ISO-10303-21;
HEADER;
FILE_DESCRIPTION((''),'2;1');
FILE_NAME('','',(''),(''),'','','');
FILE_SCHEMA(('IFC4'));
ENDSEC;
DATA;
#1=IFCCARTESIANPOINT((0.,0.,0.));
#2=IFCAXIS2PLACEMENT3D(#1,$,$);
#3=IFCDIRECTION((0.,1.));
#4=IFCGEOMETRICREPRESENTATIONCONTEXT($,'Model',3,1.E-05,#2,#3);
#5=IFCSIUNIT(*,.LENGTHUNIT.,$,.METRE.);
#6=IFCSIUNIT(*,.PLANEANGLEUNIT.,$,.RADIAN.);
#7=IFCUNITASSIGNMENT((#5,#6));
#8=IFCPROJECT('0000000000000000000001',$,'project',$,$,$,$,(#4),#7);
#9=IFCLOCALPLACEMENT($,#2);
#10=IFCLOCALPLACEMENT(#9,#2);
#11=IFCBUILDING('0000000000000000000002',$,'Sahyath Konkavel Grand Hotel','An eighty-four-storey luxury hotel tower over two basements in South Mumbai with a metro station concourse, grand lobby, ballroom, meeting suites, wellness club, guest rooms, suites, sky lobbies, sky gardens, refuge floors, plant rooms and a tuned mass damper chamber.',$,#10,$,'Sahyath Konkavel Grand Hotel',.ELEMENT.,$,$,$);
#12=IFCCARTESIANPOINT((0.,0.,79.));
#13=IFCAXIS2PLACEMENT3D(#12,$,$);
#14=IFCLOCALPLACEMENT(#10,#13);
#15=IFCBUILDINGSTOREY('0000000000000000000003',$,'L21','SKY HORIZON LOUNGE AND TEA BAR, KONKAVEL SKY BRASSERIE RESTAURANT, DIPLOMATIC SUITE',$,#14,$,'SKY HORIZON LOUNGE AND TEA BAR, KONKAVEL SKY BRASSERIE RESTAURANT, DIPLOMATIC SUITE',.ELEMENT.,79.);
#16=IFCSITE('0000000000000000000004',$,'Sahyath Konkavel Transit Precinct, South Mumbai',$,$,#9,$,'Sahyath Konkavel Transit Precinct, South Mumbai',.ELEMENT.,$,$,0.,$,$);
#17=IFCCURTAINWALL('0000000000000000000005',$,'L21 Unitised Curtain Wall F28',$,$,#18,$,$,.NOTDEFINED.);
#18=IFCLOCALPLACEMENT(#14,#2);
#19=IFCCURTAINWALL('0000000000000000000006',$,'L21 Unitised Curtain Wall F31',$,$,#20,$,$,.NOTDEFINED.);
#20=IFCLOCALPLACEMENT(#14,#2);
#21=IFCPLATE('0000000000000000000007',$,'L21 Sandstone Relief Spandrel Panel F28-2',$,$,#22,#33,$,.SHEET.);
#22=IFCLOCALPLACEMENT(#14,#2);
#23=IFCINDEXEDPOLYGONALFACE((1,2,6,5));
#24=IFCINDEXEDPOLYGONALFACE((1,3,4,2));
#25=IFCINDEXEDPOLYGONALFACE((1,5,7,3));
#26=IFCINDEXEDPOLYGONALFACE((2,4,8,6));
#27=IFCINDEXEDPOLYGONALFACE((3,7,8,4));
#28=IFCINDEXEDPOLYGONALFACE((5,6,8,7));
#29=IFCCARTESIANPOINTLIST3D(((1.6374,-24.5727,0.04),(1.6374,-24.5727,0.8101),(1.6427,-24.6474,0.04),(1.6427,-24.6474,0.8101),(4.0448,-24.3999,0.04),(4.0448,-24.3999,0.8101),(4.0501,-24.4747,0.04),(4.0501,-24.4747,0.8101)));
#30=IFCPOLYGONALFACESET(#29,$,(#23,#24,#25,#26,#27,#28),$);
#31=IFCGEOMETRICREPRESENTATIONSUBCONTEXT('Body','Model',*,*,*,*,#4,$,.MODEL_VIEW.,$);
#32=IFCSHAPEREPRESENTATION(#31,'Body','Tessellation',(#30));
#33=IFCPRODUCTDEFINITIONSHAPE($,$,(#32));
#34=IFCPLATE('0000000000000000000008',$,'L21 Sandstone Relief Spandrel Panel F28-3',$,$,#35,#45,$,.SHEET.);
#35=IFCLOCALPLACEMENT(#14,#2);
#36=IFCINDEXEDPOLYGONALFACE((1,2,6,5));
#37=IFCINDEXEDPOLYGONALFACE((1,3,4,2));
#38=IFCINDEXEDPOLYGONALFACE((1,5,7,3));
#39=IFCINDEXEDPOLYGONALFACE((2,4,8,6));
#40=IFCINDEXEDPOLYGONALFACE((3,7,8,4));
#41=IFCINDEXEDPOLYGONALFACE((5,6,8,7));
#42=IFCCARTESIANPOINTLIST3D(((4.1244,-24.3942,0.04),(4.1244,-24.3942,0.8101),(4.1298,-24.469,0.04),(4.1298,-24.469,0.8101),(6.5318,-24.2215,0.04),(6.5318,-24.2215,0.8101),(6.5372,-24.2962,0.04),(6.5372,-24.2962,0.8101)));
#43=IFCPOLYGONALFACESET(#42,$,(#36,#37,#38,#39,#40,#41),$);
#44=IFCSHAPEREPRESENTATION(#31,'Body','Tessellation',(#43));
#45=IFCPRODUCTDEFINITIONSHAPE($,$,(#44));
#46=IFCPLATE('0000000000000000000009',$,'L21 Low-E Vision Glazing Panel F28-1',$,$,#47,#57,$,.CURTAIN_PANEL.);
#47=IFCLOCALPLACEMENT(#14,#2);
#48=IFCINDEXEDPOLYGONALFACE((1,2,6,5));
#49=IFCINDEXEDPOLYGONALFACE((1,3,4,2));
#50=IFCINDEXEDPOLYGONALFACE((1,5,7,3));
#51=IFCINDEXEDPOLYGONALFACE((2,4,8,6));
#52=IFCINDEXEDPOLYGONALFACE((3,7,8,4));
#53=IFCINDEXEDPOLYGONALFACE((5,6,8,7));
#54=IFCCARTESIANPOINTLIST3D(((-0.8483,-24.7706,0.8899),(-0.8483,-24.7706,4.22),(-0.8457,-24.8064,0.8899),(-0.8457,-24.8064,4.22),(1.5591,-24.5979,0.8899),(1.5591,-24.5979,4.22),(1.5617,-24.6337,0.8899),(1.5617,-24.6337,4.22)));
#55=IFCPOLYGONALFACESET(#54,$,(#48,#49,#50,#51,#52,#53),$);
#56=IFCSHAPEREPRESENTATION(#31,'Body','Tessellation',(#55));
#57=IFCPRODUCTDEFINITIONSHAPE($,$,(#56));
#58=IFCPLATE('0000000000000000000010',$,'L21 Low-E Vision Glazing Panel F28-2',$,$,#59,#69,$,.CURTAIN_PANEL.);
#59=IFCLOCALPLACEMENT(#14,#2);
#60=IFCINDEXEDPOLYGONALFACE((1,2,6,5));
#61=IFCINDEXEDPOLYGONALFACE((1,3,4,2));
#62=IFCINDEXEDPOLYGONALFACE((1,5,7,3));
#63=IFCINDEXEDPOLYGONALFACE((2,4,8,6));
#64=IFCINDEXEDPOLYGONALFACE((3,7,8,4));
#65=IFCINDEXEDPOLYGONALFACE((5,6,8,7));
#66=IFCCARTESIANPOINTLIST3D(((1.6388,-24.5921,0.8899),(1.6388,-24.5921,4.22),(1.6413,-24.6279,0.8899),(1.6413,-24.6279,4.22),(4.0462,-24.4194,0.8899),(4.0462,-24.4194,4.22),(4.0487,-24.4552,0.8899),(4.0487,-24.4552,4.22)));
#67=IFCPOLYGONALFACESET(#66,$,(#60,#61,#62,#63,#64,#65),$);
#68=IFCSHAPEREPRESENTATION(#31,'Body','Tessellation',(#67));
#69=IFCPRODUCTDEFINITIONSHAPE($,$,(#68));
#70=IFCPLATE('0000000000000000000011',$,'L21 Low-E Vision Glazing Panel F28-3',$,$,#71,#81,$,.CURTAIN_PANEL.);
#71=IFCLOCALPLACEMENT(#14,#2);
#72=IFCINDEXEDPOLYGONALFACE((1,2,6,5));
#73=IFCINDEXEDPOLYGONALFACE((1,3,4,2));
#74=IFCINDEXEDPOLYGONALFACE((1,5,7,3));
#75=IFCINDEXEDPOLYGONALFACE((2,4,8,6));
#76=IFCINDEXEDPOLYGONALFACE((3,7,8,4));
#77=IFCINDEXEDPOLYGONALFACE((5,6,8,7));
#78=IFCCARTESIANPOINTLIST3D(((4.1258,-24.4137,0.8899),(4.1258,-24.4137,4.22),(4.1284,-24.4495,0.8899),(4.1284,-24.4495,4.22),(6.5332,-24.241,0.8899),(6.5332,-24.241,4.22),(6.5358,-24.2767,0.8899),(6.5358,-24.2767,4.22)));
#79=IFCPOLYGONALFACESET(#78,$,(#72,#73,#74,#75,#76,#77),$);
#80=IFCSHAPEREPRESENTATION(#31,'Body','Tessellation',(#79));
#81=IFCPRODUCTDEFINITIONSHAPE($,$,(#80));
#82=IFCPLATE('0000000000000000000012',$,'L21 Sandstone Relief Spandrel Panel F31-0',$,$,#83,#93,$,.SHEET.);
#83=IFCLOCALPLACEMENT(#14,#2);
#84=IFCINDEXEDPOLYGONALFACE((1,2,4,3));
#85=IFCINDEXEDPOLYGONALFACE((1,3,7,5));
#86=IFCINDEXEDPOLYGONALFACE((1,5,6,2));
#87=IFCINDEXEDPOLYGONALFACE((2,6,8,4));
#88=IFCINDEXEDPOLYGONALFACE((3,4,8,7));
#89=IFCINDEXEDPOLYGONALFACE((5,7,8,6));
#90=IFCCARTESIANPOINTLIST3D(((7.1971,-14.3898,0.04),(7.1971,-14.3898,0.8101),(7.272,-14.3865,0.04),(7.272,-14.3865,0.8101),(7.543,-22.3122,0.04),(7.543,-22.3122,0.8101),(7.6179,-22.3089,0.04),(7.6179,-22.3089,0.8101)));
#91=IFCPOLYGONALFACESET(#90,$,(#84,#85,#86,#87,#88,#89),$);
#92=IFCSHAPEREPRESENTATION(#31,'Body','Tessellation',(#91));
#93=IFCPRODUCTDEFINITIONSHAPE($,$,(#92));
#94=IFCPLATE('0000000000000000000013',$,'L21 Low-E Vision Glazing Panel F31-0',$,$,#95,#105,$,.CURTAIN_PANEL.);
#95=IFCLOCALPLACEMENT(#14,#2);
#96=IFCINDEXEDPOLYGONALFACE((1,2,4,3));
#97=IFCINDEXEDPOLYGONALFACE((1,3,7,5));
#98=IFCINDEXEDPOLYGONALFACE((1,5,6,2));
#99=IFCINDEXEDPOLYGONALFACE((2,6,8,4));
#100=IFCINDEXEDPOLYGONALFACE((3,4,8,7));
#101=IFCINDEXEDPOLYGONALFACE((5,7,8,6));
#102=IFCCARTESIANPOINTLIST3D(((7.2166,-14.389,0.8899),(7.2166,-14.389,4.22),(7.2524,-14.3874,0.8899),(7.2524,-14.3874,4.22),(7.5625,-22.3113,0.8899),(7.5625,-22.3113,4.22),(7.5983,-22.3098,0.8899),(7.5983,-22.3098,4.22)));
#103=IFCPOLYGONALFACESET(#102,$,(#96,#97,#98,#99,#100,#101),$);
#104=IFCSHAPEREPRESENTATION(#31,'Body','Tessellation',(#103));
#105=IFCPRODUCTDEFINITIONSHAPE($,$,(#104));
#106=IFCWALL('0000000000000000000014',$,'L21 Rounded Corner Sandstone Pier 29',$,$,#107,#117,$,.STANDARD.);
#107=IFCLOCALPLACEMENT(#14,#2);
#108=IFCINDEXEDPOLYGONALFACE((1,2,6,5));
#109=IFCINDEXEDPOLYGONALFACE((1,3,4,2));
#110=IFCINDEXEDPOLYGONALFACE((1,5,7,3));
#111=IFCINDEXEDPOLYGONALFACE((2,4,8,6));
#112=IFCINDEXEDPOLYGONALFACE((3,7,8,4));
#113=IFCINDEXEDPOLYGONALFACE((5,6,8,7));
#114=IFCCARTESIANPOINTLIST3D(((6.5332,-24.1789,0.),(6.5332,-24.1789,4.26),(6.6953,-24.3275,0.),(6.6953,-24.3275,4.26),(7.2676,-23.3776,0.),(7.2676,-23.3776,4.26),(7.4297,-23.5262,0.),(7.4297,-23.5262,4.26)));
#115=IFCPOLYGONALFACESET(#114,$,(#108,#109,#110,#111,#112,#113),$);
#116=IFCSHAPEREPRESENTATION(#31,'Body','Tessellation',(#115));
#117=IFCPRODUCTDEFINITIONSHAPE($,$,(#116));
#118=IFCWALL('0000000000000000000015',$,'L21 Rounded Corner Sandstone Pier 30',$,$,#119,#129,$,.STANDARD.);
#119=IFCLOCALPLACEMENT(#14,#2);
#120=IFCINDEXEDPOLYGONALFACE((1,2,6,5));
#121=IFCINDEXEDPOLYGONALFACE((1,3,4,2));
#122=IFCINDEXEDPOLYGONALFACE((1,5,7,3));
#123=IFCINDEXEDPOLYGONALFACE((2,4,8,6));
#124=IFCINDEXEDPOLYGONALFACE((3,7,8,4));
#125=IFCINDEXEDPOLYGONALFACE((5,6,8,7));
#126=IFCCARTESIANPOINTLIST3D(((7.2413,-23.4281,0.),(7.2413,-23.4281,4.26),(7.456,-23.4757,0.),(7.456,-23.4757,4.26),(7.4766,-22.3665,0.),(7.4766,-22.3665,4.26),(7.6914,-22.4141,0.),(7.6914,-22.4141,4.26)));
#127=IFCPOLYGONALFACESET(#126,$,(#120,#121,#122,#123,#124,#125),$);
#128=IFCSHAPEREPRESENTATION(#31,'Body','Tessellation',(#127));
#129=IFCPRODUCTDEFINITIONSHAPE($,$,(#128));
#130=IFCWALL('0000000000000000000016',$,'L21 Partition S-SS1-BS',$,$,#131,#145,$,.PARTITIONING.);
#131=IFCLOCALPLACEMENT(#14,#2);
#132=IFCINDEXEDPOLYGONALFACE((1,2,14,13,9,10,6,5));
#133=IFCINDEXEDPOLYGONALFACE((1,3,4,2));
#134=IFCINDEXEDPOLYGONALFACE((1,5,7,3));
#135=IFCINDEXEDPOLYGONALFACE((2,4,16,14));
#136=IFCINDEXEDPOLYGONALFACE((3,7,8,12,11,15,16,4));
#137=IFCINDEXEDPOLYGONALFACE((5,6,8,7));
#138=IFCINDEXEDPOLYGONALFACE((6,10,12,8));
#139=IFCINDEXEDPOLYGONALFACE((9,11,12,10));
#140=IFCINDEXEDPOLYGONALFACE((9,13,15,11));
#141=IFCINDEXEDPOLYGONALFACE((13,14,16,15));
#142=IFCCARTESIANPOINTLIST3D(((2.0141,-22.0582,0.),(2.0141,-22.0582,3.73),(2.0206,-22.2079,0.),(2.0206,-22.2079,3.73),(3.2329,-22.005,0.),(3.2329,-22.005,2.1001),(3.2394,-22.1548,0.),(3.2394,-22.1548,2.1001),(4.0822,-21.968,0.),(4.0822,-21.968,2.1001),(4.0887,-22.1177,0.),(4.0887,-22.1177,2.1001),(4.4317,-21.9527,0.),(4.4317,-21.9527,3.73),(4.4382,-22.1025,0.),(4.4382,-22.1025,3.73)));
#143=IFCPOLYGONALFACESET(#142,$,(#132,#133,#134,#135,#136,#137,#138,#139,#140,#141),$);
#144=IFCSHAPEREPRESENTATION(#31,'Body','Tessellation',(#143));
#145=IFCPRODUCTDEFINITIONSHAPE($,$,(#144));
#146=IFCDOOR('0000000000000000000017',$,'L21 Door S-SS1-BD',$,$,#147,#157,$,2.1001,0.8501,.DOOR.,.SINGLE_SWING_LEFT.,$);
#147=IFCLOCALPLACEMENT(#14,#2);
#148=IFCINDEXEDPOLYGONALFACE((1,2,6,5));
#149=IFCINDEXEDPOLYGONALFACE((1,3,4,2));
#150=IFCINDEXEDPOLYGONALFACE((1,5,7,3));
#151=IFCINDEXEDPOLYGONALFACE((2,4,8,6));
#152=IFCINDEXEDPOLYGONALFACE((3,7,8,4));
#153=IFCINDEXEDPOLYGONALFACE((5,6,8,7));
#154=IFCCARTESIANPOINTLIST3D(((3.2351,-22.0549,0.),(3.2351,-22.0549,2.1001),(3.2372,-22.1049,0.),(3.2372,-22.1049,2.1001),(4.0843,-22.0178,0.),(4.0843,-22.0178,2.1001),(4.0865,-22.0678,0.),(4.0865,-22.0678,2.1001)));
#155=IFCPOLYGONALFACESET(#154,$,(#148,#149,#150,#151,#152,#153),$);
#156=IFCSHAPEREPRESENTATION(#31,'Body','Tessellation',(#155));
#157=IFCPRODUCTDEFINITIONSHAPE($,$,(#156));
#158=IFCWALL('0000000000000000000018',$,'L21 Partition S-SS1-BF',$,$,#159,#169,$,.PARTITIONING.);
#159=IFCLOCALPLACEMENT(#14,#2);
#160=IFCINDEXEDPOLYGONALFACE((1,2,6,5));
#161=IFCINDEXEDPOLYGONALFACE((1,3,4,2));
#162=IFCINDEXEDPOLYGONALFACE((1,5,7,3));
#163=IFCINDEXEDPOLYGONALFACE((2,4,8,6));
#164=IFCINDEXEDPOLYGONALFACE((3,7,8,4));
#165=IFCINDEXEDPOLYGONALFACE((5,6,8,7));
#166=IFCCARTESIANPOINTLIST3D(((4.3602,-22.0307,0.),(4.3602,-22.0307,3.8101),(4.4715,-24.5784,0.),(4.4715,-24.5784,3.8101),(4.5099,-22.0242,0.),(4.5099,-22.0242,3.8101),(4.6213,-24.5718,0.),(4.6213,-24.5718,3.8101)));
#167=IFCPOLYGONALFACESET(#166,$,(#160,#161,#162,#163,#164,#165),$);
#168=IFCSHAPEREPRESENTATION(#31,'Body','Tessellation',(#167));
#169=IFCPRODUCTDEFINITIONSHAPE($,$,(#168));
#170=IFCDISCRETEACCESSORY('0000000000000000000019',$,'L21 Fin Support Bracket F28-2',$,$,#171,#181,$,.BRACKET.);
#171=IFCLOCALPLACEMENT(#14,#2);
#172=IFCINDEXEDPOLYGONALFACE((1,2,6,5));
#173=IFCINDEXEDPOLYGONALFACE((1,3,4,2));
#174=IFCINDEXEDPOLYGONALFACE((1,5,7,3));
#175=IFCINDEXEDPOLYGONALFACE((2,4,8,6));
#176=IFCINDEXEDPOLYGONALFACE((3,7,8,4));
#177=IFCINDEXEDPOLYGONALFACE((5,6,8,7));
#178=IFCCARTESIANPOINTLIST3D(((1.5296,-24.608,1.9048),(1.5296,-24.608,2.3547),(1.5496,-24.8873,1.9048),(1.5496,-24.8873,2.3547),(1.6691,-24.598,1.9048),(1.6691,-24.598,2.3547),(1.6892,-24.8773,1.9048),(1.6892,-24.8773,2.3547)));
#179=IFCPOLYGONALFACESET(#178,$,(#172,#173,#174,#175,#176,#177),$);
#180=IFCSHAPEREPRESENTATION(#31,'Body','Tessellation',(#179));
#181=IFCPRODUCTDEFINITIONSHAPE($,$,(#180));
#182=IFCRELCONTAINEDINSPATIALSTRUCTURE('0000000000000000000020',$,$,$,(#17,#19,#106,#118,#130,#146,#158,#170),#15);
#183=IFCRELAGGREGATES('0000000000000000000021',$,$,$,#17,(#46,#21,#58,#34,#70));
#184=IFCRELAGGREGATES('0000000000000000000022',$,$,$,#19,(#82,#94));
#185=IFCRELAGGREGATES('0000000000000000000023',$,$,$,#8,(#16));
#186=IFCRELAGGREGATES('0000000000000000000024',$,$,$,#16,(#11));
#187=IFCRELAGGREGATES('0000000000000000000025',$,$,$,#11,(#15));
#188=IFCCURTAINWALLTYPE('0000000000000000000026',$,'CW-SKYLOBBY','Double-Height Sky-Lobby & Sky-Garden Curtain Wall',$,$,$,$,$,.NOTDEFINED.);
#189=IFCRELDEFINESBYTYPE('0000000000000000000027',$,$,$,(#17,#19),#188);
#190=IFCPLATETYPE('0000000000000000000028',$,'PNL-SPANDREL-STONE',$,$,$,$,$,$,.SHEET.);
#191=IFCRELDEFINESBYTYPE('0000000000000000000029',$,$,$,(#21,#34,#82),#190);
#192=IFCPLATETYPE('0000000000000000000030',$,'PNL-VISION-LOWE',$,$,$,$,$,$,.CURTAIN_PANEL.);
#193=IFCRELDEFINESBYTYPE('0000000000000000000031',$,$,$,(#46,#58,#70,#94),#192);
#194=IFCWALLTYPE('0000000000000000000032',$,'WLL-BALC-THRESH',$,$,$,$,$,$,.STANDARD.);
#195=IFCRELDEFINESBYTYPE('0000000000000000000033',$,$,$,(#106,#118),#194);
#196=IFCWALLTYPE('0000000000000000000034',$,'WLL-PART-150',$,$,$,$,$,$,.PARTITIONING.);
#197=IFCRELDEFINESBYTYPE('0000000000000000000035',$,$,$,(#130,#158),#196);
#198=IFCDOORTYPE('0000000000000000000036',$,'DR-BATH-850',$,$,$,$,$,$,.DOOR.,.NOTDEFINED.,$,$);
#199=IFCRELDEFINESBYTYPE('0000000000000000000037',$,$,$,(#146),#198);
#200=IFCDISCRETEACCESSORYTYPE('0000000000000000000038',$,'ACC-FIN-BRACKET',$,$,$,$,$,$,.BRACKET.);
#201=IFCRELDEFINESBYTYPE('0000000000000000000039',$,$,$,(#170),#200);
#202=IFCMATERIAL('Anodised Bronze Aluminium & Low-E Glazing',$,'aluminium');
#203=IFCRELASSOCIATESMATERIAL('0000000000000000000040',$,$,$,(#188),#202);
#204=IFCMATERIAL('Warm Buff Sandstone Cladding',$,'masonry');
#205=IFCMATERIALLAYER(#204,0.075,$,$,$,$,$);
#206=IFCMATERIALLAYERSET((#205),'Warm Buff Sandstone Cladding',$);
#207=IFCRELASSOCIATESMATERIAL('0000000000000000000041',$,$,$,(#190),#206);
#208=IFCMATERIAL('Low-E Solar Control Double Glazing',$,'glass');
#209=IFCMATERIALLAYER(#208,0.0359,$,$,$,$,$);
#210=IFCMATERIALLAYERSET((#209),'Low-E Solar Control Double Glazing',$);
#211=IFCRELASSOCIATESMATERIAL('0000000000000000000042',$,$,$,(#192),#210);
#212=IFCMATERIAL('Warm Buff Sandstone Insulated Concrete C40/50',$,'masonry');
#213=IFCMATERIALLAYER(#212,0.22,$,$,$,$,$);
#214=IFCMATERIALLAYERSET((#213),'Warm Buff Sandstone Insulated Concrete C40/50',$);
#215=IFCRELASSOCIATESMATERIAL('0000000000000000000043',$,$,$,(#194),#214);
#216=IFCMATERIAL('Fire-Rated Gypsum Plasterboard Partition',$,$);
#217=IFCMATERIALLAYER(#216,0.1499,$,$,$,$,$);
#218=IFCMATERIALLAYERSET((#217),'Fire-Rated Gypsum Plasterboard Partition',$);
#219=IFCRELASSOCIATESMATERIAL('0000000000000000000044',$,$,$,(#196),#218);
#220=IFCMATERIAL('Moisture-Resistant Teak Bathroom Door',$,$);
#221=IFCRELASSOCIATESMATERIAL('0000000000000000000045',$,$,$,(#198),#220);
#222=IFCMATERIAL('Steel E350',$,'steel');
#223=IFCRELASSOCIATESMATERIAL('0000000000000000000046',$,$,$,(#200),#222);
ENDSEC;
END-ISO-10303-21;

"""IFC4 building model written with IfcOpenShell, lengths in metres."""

from ifc_helpers import new_model, si_unit, direction, frame, frame_2d, origin, origin_2d, place, context, subcontext, project, spatial, rectangle, extrude, source, transform, mapped, material, layer, layer_set, type_object, element, fill, aggregate, save


model = new_model("IFC4")

# Units and contexts
model_context = context("Model", 3, precision=1e-05, world=origin(), true_north=direction((0.0, 1.0)))
body_context = subcontext(model_context, "Body", "Model", "MODEL_VIEW")
ifc_project = project(units=[si_unit("LENGTHUNIT", "METRE"), si_unit("PLANEANGLEUNIT", "RADIAN")], contexts=[model_context])

# Site, building, storey
site_placement = place(None, origin())
site = spatial("IfcSite", under=ifc_project, at=site_placement, Name="Sahyath Konkavel Transit Precinct, South Mumbai", LongName="Sahyath Konkavel Transit Precinct, South Mumbai", CompositionType="ELEMENT", RefElevation=0.0)
building_placement = place(site_placement, origin())
building = spatial("IfcBuilding", under=site, at=building_placement, Name="Sahyath Konkavel Grand Hotel", Description="An eighty-four-storey luxury hotel tower over two basements in South Mumbai with a metro station concourse, grand lobby, ballroom, meeting suites, wellness club, guest rooms, suites, sky lobbies, sky gardens, refuge floors, plant rooms and a tuned mass damper chamber.", LongName="Sahyath Konkavel Grand Hotel", CompositionType="ELEMENT")
storey_placement = place(building_placement, frame((0.0, 0.0, 79.0)))
storey = spatial("IfcBuildingStorey", under=building, at=storey_placement, Name="L21", Description="SKY HORIZON LOUNGE AND TEA BAR, KONKAVEL SKY BRASSERIE RESTAURANT, DIPLOMATIC SUITE", LongName="SKY HORIZON LOUNGE AND TEA BAR, KONKAVEL SKY BRASSERIE RESTAURANT, DIPLOMATIC SUITE", CompositionType="ELEMENT", Elevation=79.0)

# Curtain wall
ifc_material_1 = material(Name="Anodised Bronze Aluminium & Low-E Glazing", Category="aluminium")
curtain_wall_type = type_object("IfcCurtainWallType", Name="CW-SKYLOBBY", Description="Double-Height Sky-Lobby & Sky-Garden Curtain Wall", PredefinedType="NOTDEFINED", material=ifc_material_1)
curtain_wall_1_placement = place(storey_placement, origin())
curtain_wall_1 = element("IfcCurtainWall", 1, at=curtain_wall_1_placement, inside=storey, type_object=curtain_wall_type, Name="L21 Unitised Curtain Wall F28", PredefinedType="NOTDEFINED")

# Curtain wall
curtain_wall_2_placement = place(storey_placement, origin())
curtain_wall_2 = element("IfcCurtainWall", 2, at=curtain_wall_2_placement, inside=storey, type_object=curtain_wall_type, Name="L21 Unitised Curtain Wall F31", PredefinedType="NOTDEFINED")

# Plates
ifc_material_2 = material(Name="Warm Buff Sandstone Cladding", Category="masonry")
ifc_layer_1 = layer(ifc_material_2, 0.075)
ifc_layer_set_1 = layer_set([ifc_layer_1], Name="Warm Buff Sandstone Cladding")
plate_type_1 = type_object("IfcPlateType", Name="PNL-SPANDREL-STONE", PredefinedType="SHEET", material=ifc_layer_set_1)
shared_shape_1 = source(origin(), body_context, "Body", "SweptSolid", [
    extrude(rectangle(XDim=2.4136, YDim=0.075, at=origin_2d()), origin(), (0.0, 0.0, 1.0), 0.77),
])
plate_1_placement = place(storey_placement, frame((2.8438, -24.5237, 0.04), z_axis=(0.0, 0.0, 1.0), x_axis=(0.997436, 0.071567, 0.0)))
plate_1 = element("IfcPlate", 3, at=plate_1_placement, type_object=plate_type_1, Name="L21 Sandstone Relief Spandrel Panel F28-2", PredefinedType="SHEET", context=body_context, shape_type="MappedRepresentation", body=[
    mapped(shared_shape_1, transform((0.0, 0.0, 0.0), scale=1.0)),
])
plate_2_placement = place(storey_placement, frame((5.3308, -24.3452, 0.04), z_axis=(0.0, 0.0, 1.0), x_axis=(0.997436, 0.071567, 0.0)))
plate_2 = element("IfcPlate", 4, at=plate_2_placement, type_object=plate_type_1, Name="L21 Sandstone Relief Spandrel Panel F28-3", PredefinedType="SHEET", context=body_context, shape_type="MappedRepresentation", body=[
    mapped(shared_shape_1, transform((0.0, 0.0, 0.0), scale=1.0)),
])
ifc_material_3 = material(Name="Low-E Solar Control Double Glazing", Category="glass")
ifc_layer_2 = layer(ifc_material_3, 0.0359)
ifc_layer_set_2 = layer_set([ifc_layer_2], Name="Low-E Solar Control Double Glazing")
plate_type_2 = type_object("IfcPlateType", Name="PNL-VISION-LOWE", PredefinedType="CURTAIN_PANEL", material=ifc_layer_set_2)
shared_shape_2 = source(origin(), body_context, "Body", "SweptSolid", [
    extrude(rectangle(XDim=2.4136, YDim=0.0359, at=origin_2d()), origin(), (0.0, 0.0, 1.0), 3.3301),
])
plate_3_placement = place(storey_placement, frame((0.3567, -24.7021, 0.8899), z_axis=(0.0, 0.0, 1.0), x_axis=(0.997436, 0.071567, 0.0)))
plate_3 = element("IfcPlate", 5, at=plate_3_placement, type_object=plate_type_2, Name="L21 Low-E Vision Glazing Panel F28-1", PredefinedType="CURTAIN_PANEL", context=body_context, shape_type="MappedRepresentation", body=[
    mapped(shared_shape_2, transform((0.0, 0.0, 0.0), scale=1.0)),
])
plate_4_placement = place(storey_placement, frame((2.8438, -24.5237, 0.8899), z_axis=(0.0, 0.0, 1.0), x_axis=(0.997436, 0.071567, 0.0)))
plate_4 = element("IfcPlate", 6, at=plate_4_placement, type_object=plate_type_2, Name="L21 Low-E Vision Glazing Panel F28-2", PredefinedType="CURTAIN_PANEL", context=body_context, shape_type="MappedRepresentation", body=[
    mapped(shared_shape_2, transform((0.0, 0.0, 0.0), scale=1.0)),
])
plate_5_placement = place(storey_placement, frame((5.3308, -24.3452, 0.8899), z_axis=(0.0, 0.0, 1.0), x_axis=(0.997436, 0.071567, 0.0)))
plate_5 = element("IfcPlate", 7, at=plate_5_placement, type_object=plate_type_2, Name="L21 Low-E Vision Glazing Panel F28-3", PredefinedType="CURTAIN_PANEL", context=body_context, shape_type="MappedRepresentation", body=[
    mapped(shared_shape_2, transform((0.0, 0.0, 0.0), scale=1.0)),
])
aggregate(curtain_wall_1, [plate_3, plate_1, plate_4, plate_2, plate_5])
shared_shape_3 = source(origin(), body_context, "Body", "SweptSolid", [
    extrude(rectangle(XDim=7.9299, YDim=0.075, at=origin_2d()), origin(), (0.0, 0.0, 1.0), 0.77),
])
plate_6_placement = place(storey_placement, frame((7.4075, -18.3494, 0.04), z_axis=(0.0, 0.0, 1.0), x_axis=(-0.043619, 0.999048, 0.0)))
plate_6 = element("IfcPlate", 8, at=plate_6_placement, type_object=plate_type_1, Name="L21 Sandstone Relief Spandrel Panel F31-0", PredefinedType="SHEET", context=body_context, shape_type="MappedRepresentation", body=[
    mapped(shared_shape_3, transform((0.0, 0.0, 0.0), scale=1.0)),
])
shared_shape_4 = source(origin(), body_context, "Body", "SweptSolid", [
    extrude(rectangle(XDim=7.9299, YDim=0.0359, at=origin_2d()), origin(), (0.0, 0.0, 1.0), 3.3301),
])
plate_7_placement = place(storey_placement, frame((7.4075, -18.3494, 0.8899), z_axis=(0.0, 0.0, 1.0), x_axis=(-0.043619, 0.999048, 0.0)))
plate_7 = element("IfcPlate", 9, at=plate_7_placement, type_object=plate_type_2, Name="L21 Low-E Vision Glazing Panel F31-0", PredefinedType="CURTAIN_PANEL", context=body_context, shape_type="MappedRepresentation", body=[
    mapped(shared_shape_4, transform((0.0, 0.0, 0.0), scale=1.0)),
])
aggregate(curtain_wall_2, [plate_6, plate_7])

# Walls
ifc_material_4 = material(Name="Warm Buff Sandstone Insulated Concrete C40/50", Category="masonry")
ifc_layer_3 = layer(ifc_material_4, 0.22)
ifc_layer_set_3 = layer_set([ifc_layer_3], Name="Warm Buff Sandstone Insulated Concrete C40/50")
wall_type_1 = type_object("IfcWallType", Name="WLL-BALC-THRESH", PredefinedType="STANDARD", material=ifc_layer_set_3)
wall_1_placement = place(storey_placement, frame((6.6143, -24.2532, 0.0), z_axis=(0.0, 0.0, 1.0), x_axis=(0.675664, 0.73721, 0.0)))
element("IfcWall", 10, at=wall_1_placement, inside=storey, type_object=wall_type_1, Name="L21 Rounded Corner Sandstone Pier 29", PredefinedType="STANDARD", context=body_context, shape_type="SweptSolid", body=[
    extrude(rectangle(XDim=1.0869, YDim=0.22, at=frame_2d((0.5435, 0.0))), origin(), (0.0, 0.0, 1.0), 4.26),
])
wall_2_placement = place(storey_placement, frame((7.3486, -23.4519, 0.0), z_axis=(0.0, 0.0, 1.0), x_axis=(0.216455, 0.976293, 0.0)))
element("IfcWall", 11, at=wall_2_placement, inside=storey, type_object=wall_type_1, Name="L21 Rounded Corner Sandstone Pier 30", PredefinedType="STANDARD", context=body_context, shape_type="SweptSolid", body=[
    extrude(rectangle(XDim=1.0874, YDim=0.22, at=frame_2d((0.5437, 0.0))), origin(), (0.0, 0.0, 1.0), 4.26),
])

# Wall, opening, door
ifc_material_5 = material(Name="Fire-Rated Gypsum Plasterboard Partition")
ifc_layer_4 = layer(ifc_material_5, 0.1499)
ifc_layer_set_4 = layer_set([ifc_layer_4], Name="Fire-Rated Gypsum Plasterboard Partition")
wall_type_2 = type_object("IfcWallType", Name="WLL-PART-150", PredefinedType="PARTITIONING", material=ifc_layer_set_4)
wall_3_placement = place(storey_placement, frame((2.0173, -22.1331, 0.0), z_axis=(0.0, 0.0, 1.0), x_axis=(0.99905, 0.043582, 0.0)))
wall_3 = element("IfcWall", 12, at=wall_3_placement, inside=storey, type_object=wall_type_2, Name="L21 Partition S-SS1-BS", PredefinedType="PARTITIONING", context=body_context, shape_type="SweptSolid", body=[
    extrude(rectangle(XDim=2.4199, YDim=0.1499, at=frame_2d((1.21, 0.0))), origin(), (0.0, 0.0, 1.0), 3.73),
])
opening_placement = place(wall_3_placement, frame((1.22, 0.0, 0.0)))
opening = element("IfcOpeningElement", 13, at=opening_placement, cuts=wall_3, PredefinedType="OPENING", context=body_context, shape_type="SweptSolid", body=[
    extrude(rectangle(XDim=0.8501, YDim=2.1001, at=frame_2d((0.425, 1.05))), frame((0.0, 0.085, 0.0), z_axis=(0.0, -1.0, 0.0), x_axis=(1.0, 0.0, 0.0)), (0.0, 0.0, 1.0), 0.1699),
])
ifc_material_6 = material(Name="Moisture-Resistant Teak Bathroom Door")
door_type = type_object("IfcDoorType", Name="DR-BATH-850", OperationType="NOTDEFINED", PredefinedType="DOOR", material=ifc_material_6)
shared_shape_5 = source(origin(), body_context, "Body", "SweptSolid", [
    extrude(rectangle(XDim=0.8501, YDim=0.05, at=origin_2d()), origin(), (0.0, 0.0, 1.0), 2.1001),
])
door_placement = place(opening_placement, frame((0.425, 0.0, 0.0)))
door = element("IfcDoor", 14, at=door_placement, inside=storey, type_object=door_type, Name="L21 Door S-SS1-BD", OperationType="SINGLE_SWING_LEFT", OverallHeight=2.1001, OverallWidth=0.8501, PredefinedType="DOOR", context=body_context, shape_type="MappedRepresentation", body=[
    mapped(shared_shape_5, transform((0.0, 0.0, 0.0), scale=1.0)),
])
fill(opening, door)

# Wall
wall_4_placement = place(storey_placement, frame((4.4351, -22.0276, 0.0), z_axis=(0.0, 0.0, 1.0), x_axis=(0.043657, -0.999047, 0.0)))
element("IfcWall", 15, at=wall_4_placement, inside=storey, type_object=wall_type_2, Name="L21 Partition S-SS1-BF", PredefinedType="PARTITIONING", context=body_context, shape_type="SweptSolid", body=[
    extrude(rectangle(XDim=2.55, YDim=0.1499, at=frame_2d((1.2749, 0.0))), origin(), (0.0, 0.0, 1.0), 3.8101),
])

# Discrete accessory
ifc_material_7 = material(Name="Steel E350", Category="steel")
discrete_accessory_type = type_object("IfcDiscreteAccessoryType", Name="ACC-FIN-BRACKET", PredefinedType="BRACKET", material=ifc_material_7)
shared_shape_6 = source(origin(), body_context, "Body", "SweptSolid", [
    extrude(rectangle(XDim=0.28, YDim=0.1399, at=origin_2d()), origin(), (0.0, 0.0, 1.0), 0.45),
])
discrete_accessory_placement = place(storey_placement, frame((1.6094, -24.7427, 1.9048), z_axis=(0.0, 0.0, 1.0), x_axis=(0.071567, -0.997436, 0.0)))
element("IfcDiscreteAccessory", 16, at=discrete_accessory_placement, inside=storey, type_object=discrete_accessory_type, Name="L21 Fin Support Bracket F28-2", PredefinedType="BRACKET", context=body_context, shape_type="MappedRepresentation", body=[
    mapped(shared_shape_6, transform((0.0, 0.0, 0.0), scale=1.0)),
])

save(model, "model.ifc")
